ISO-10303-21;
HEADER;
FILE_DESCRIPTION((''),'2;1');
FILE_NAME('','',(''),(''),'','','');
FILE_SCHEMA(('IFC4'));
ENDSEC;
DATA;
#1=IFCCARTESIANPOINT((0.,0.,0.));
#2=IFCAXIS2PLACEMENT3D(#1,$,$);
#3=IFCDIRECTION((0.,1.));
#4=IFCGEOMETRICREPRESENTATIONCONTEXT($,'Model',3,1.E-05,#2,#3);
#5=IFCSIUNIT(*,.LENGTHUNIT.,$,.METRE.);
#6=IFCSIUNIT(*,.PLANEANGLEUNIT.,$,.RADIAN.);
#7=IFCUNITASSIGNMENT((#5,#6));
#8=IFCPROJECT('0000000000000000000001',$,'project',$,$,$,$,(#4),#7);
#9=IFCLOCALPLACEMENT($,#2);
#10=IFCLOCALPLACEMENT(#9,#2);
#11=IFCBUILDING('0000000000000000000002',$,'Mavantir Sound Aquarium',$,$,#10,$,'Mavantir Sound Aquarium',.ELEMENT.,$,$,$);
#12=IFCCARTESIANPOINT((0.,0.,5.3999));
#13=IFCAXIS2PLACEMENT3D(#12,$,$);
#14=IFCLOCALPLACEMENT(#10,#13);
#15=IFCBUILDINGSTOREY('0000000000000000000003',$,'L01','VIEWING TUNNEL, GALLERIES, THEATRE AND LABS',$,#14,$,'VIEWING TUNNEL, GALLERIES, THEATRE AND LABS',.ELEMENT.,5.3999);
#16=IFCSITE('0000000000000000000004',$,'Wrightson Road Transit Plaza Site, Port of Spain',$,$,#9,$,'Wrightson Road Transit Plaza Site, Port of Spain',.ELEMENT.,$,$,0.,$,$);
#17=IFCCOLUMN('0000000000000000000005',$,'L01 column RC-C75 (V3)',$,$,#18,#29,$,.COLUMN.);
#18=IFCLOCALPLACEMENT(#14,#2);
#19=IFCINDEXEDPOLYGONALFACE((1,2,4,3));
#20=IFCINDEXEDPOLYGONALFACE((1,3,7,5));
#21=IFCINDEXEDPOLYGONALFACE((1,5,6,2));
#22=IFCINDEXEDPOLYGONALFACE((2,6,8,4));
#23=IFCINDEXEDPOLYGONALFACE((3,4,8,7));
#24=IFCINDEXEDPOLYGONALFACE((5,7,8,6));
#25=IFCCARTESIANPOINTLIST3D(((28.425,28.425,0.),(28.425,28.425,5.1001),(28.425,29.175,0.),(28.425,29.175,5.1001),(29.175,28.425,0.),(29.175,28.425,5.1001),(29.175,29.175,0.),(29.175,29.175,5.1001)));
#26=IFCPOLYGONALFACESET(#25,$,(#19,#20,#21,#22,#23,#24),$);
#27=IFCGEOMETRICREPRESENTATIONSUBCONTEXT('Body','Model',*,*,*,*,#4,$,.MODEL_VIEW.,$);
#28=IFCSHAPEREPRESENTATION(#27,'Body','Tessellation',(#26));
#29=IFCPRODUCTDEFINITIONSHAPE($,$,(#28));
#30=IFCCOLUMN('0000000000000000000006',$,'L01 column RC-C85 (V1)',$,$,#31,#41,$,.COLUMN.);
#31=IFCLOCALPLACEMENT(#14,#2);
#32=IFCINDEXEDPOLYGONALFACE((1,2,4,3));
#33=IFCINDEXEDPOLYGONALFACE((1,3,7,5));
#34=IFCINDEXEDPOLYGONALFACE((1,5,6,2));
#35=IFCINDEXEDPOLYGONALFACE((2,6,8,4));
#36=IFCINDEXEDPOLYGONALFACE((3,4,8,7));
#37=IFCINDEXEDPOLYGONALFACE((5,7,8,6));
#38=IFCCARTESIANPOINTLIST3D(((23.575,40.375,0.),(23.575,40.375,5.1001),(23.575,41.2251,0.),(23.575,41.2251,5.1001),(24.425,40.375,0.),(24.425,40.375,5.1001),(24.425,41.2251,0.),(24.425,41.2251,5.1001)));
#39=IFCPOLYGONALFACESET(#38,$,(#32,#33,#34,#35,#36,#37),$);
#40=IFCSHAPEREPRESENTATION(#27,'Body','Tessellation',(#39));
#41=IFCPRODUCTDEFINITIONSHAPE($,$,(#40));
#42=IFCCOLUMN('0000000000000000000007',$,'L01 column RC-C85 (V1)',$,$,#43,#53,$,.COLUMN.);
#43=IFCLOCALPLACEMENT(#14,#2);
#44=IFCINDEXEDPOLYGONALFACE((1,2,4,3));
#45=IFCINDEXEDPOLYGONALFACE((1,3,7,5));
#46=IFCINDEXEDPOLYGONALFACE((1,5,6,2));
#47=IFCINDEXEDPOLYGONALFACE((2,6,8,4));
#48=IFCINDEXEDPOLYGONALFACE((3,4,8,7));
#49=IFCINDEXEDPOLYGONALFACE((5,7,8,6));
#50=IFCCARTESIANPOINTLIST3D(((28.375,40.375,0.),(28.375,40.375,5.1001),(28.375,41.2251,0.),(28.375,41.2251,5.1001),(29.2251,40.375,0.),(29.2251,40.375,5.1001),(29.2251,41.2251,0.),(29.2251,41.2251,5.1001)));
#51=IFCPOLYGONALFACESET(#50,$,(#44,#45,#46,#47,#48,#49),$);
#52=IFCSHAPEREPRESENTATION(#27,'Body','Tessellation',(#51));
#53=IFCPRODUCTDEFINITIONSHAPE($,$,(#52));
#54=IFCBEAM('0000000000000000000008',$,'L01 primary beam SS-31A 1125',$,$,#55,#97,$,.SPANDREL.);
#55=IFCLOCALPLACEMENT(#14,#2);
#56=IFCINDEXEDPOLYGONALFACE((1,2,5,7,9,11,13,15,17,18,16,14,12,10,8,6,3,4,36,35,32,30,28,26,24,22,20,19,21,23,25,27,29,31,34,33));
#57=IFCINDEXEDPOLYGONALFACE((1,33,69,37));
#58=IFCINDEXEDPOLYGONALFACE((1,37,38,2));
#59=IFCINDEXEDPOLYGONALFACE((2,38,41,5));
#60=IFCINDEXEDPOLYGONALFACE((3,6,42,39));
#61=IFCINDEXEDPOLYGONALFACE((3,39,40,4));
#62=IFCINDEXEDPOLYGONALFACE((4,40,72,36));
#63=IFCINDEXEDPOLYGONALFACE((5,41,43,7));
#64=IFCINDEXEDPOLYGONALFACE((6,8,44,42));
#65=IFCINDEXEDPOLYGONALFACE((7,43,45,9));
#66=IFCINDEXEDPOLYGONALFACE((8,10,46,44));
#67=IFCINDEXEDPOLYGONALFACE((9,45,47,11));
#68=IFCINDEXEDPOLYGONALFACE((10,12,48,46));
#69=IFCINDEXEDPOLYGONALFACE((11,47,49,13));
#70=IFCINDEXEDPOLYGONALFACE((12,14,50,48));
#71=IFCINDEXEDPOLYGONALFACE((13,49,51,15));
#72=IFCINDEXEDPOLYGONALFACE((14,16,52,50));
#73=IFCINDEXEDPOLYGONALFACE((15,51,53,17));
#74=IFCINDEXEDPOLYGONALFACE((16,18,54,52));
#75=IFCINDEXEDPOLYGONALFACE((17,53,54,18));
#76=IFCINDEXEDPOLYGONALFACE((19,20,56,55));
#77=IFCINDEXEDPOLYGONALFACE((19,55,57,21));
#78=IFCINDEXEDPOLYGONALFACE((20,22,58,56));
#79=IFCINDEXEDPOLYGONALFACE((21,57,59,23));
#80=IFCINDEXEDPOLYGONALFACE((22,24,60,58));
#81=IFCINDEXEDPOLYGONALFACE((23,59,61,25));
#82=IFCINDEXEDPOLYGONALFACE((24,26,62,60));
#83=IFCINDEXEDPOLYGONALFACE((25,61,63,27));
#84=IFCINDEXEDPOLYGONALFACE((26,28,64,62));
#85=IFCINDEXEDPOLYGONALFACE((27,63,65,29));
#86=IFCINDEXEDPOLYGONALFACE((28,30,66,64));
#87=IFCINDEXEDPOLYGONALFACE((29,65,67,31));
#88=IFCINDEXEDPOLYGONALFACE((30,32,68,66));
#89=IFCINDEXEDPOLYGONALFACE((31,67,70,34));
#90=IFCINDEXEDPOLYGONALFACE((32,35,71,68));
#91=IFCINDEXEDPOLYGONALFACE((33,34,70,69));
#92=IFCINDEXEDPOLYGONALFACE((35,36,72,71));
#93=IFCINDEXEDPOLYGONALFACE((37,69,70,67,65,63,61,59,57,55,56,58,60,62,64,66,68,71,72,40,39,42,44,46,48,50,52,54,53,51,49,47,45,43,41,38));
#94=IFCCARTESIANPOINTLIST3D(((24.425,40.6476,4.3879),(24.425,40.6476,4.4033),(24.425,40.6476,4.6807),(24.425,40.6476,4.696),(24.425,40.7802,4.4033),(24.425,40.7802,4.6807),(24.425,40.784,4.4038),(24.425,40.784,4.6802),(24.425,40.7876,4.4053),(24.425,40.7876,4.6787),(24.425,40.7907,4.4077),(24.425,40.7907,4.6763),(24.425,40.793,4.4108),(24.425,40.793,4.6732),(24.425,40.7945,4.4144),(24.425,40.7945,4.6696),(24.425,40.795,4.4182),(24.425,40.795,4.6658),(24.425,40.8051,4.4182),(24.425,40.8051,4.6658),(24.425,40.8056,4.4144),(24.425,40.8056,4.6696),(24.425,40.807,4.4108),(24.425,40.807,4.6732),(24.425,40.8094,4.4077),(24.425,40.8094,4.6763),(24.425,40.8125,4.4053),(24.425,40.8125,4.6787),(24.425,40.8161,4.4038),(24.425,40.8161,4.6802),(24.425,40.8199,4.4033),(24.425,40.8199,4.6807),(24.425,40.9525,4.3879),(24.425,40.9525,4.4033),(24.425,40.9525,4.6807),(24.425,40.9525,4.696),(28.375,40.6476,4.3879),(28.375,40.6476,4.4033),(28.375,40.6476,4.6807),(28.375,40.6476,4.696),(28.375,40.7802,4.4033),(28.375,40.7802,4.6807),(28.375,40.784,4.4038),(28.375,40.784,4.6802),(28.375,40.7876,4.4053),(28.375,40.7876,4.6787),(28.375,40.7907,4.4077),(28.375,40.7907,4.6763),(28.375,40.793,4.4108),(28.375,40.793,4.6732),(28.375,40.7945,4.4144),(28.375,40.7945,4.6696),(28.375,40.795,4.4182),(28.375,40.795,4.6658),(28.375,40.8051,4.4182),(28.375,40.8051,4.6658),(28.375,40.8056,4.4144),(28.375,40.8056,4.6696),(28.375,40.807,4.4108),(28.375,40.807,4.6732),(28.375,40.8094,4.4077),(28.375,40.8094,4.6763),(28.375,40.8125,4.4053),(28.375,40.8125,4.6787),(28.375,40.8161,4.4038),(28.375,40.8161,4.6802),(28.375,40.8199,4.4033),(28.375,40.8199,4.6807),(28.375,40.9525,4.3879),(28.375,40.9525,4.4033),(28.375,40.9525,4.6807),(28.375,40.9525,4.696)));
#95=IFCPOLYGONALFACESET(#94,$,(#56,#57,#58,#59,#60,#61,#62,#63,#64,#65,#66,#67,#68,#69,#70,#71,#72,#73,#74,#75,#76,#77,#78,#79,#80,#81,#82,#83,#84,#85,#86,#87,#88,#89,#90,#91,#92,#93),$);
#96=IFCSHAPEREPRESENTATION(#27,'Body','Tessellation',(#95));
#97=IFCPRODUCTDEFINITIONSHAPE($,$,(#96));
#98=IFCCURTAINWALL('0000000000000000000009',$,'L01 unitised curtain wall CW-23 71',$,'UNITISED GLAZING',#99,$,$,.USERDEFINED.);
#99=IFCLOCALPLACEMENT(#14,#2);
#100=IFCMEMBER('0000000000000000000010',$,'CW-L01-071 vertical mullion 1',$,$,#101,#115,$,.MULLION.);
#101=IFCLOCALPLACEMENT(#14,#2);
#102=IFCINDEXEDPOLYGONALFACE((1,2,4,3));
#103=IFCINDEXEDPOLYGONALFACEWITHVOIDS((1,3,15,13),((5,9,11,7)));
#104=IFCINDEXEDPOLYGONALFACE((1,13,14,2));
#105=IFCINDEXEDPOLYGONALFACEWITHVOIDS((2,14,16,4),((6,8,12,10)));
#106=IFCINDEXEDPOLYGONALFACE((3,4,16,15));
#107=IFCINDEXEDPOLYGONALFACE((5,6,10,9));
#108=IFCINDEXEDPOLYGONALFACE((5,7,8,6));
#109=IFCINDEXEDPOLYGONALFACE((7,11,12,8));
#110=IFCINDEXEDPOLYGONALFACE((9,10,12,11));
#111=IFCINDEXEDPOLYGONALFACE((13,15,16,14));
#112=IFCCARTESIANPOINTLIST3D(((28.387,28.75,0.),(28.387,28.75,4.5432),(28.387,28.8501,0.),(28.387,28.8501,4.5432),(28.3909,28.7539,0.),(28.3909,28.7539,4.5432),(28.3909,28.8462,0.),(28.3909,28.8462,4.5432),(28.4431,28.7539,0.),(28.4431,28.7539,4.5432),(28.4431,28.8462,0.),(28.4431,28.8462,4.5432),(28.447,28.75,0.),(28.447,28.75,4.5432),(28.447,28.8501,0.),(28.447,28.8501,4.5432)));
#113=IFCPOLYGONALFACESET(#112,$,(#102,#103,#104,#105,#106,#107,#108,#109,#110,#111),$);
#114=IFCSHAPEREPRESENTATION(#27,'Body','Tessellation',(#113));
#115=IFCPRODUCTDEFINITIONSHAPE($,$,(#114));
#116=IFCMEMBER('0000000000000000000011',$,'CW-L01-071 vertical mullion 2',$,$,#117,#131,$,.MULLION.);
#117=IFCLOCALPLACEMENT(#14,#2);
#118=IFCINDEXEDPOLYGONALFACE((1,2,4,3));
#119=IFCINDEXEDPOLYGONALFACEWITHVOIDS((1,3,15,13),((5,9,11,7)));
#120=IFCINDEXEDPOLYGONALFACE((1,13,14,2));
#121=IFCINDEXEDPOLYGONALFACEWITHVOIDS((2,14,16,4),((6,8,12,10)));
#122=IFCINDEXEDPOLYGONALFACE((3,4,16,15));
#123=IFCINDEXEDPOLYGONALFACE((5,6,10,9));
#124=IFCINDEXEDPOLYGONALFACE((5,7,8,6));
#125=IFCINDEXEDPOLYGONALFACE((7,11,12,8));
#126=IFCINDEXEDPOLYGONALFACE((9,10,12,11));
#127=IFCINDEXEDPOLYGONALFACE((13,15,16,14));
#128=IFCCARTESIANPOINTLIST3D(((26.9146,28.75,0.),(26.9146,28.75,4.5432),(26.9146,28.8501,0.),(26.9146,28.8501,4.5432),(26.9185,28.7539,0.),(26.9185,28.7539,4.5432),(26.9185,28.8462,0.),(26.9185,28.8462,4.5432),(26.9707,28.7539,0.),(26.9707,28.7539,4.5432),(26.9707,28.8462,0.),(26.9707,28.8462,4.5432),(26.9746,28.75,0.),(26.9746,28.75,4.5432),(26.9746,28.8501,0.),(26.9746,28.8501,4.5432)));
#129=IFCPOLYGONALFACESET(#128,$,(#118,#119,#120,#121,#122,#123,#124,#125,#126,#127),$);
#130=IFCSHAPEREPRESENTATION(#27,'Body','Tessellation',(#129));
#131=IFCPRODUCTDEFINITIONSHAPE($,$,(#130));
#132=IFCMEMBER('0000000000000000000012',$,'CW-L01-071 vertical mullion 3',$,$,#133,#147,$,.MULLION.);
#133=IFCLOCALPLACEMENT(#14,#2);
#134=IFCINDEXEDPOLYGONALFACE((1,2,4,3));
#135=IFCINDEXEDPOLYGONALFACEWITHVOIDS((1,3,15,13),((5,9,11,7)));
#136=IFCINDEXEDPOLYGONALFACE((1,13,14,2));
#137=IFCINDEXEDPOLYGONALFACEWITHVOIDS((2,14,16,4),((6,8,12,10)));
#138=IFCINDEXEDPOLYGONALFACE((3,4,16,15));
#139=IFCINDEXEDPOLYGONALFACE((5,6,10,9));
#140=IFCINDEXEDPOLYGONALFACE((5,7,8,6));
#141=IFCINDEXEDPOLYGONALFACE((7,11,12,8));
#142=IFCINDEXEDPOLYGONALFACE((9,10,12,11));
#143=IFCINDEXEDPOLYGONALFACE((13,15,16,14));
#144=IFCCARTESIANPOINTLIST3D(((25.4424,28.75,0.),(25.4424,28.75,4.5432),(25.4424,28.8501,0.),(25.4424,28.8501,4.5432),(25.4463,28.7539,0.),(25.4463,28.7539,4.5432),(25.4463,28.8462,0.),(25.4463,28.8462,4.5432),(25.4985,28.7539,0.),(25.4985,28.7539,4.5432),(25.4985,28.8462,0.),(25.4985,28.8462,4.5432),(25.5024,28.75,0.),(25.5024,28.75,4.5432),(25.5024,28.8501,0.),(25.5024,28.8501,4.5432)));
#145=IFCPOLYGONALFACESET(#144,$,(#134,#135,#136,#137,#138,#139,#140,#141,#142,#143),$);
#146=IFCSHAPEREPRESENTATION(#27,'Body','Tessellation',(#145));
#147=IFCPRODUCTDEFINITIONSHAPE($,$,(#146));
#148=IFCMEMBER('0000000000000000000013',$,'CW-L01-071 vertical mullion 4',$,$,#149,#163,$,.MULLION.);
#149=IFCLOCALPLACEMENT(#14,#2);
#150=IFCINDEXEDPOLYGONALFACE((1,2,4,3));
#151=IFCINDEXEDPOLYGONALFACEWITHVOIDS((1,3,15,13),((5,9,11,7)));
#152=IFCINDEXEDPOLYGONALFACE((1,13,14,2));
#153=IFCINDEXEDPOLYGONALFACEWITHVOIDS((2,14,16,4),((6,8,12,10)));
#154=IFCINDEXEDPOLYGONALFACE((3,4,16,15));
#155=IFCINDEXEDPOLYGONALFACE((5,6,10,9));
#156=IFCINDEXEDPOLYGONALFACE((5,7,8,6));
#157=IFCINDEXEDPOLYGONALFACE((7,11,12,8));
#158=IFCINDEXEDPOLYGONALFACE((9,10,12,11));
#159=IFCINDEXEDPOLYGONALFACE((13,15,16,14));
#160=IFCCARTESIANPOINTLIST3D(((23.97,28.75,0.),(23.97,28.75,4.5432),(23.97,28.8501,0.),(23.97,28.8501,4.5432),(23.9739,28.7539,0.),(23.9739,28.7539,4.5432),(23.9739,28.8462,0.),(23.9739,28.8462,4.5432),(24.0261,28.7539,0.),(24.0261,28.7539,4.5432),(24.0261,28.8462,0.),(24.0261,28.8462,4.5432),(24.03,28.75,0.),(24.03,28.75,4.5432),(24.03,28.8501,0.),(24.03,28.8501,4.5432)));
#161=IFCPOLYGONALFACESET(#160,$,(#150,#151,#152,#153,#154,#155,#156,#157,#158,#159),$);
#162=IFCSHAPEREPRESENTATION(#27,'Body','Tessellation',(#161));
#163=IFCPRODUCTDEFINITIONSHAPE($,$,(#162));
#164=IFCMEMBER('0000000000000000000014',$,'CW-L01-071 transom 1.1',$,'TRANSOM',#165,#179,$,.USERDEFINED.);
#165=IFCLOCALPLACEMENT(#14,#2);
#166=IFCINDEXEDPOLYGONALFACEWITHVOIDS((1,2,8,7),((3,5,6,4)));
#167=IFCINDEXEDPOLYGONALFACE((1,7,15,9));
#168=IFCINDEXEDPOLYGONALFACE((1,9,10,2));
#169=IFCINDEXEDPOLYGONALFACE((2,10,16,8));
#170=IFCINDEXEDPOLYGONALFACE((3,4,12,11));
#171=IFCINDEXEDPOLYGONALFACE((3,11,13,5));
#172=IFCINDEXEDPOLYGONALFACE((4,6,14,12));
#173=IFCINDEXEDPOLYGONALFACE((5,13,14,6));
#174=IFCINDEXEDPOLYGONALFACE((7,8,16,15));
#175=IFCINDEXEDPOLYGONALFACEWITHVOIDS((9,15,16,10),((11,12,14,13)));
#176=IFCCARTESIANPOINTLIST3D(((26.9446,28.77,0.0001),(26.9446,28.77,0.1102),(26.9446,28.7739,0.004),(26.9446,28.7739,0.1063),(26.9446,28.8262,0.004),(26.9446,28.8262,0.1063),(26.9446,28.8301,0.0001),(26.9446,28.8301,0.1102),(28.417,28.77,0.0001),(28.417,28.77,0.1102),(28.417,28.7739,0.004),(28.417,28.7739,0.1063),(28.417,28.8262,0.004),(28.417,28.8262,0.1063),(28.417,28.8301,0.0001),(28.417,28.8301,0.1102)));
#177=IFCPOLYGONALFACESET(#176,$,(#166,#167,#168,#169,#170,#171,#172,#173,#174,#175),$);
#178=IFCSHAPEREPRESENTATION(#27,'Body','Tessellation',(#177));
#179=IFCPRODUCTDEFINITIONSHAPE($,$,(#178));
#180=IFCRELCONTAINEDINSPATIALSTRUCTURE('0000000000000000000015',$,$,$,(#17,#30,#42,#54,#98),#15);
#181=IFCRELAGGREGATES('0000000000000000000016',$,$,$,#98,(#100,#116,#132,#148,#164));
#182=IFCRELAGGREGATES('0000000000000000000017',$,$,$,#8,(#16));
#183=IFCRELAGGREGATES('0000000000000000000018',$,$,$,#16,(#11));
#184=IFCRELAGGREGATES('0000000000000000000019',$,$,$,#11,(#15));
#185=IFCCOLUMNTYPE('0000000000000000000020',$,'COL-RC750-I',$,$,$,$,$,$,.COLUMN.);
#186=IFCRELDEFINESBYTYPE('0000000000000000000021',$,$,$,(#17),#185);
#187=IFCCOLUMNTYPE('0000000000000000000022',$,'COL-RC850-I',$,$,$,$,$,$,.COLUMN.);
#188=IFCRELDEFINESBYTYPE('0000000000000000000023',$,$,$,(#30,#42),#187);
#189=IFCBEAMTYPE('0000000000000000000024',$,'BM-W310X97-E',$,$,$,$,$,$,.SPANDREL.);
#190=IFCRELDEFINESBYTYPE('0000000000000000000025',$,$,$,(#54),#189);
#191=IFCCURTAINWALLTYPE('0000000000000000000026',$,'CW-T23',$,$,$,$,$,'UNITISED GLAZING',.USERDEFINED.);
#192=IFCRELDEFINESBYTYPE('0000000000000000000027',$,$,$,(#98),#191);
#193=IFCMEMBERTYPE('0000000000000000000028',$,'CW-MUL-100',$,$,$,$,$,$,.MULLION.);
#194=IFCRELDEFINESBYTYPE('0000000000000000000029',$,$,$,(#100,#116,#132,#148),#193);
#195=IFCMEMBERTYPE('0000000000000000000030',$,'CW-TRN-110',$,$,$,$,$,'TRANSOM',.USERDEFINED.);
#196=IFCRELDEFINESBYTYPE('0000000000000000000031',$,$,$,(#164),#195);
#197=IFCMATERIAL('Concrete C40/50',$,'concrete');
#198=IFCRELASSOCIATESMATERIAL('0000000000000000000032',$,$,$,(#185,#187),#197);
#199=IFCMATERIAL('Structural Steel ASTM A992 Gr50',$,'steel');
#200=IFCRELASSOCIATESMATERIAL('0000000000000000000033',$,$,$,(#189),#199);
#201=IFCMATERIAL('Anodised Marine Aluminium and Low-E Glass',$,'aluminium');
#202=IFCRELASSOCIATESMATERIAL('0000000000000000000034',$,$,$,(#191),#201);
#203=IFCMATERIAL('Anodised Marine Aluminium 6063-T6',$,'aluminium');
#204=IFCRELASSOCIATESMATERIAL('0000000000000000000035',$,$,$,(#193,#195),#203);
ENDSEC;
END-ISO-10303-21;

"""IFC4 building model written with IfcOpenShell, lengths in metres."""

from ifc_helpers import new_model, si_unit, direction, frame, origin, origin_2d, place, context, subcontext, project, spatial, rectangle, hollow_rectangle, i_section, extrude, material, material_profile, profile_set, type_object, element, aggregate, save


model = new_model("IFC4")

# Units and contexts
model_context = context("Model", 3, precision=1e-05, world=origin(), true_north=direction((0.0, 1.0)))
body_context = subcontext(model_context, "Body", "Model", "MODEL_VIEW")
ifc_project = project(units=[si_unit("LENGTHUNIT", "METRE"), si_unit("PLANEANGLEUNIT", "RADIAN")], contexts=[model_context])

# Site, building, storey
site_placement = place(None, origin())
site = spatial("IfcSite", under=ifc_project, at=site_placement, Name="Wrightson Road Transit Plaza Site, Port of Spain", LongName="Wrightson Road Transit Plaza Site, Port of Spain", CompositionType="ELEMENT", RefElevation=0.0)
building_placement = place(site_placement, origin())
building = spatial("IfcBuilding", under=site, at=building_placement, Name="Mavantir Sound Aquarium", LongName="Mavantir Sound Aquarium", CompositionType="ELEMENT")
storey_placement = place(building_placement, frame((0.0, 0.0, 5.3999)))
storey = spatial("IfcBuildingStorey", under=building, at=storey_placement, Name="L01", Description="VIEWING TUNNEL, GALLERIES, THEATRE AND LABS", LongName="VIEWING TUNNEL, GALLERIES, THEATRE AND LABS", CompositionType="ELEMENT", Elevation=5.3999)

# Columns
ifc_material_1 = material(Name="Concrete C40/50", Category="concrete")
ifc_material_profile_1 = material_profile(ifc_material_1, rectangle(XDim=0.75, YDim=0.75, at=origin_2d()), Name="RC 750X750")
ifc_profile_set_1 = profile_set([ifc_material_profile_1], Name="Concrete C40/50")
column_type_1 = type_object("IfcColumnType", Name="COL-RC750-I", PredefinedType="COLUMN", material=ifc_profile_set_1)
column_placement = place(storey_placement, frame((28.8, 28.8, 0.0), z_axis=(0.0, 0.0, 1.0), x_axis=(1.0, 0.0, 0.0)))
element("IfcColumn", 1, at=column_placement, inside=storey, type_object=column_type_1, Name="L01 column RC-C75 (V3)", PredefinedType="COLUMN", context=body_context, shape_type="SweptSolid", body=[
    extrude(rectangle(XDim=0.75, YDim=0.75, at=origin_2d()), origin(), (0.0, 0.0, 1.0), 5.1001),
])
ifc_material_profile_2 = material_profile(ifc_material_1, rectangle(XDim=0.8501, YDim=0.8501, at=origin_2d()), Name="RC 850X850")
ifc_profile_set_2 = profile_set([ifc_material_profile_2], Name="Concrete C40/50")
column_type_2 = type_object("IfcColumnType", Name="COL-RC850-I", PredefinedType="COLUMN", material=ifc_profile_set_2)
for number, where, z_axis, x_axis, name in (
    (2, (24.0, 40.8, 0.0), (0.0, 0.0, 1.0), (1.0, 0.0, 0.0), "L01 column RC-C85 (V1)"),
    (3, (28.8, 40.8, 0.0), (0.0, 0.0, 1.0), (1.0, 0.0, 0.0), "L01 column RC-C85 (V1)"),
):
    element("IfcColumn", number, at=place(storey_placement, frame(where, z_axis=z_axis, x_axis=x_axis)), inside=storey, type_object=column_type_2, Name=name, PredefinedType="COLUMN", context=body_context, shape_type="SweptSolid", body=[
        extrude(rectangle(XDim=0.8501, YDim=0.8501, at=origin_2d()), origin(), (0.0, 0.0, 1.0), 5.1001),
    ])

# Beam
ifc_material_2 = material(Name="Structural Steel ASTM A992 Gr50", Category="steel")
ifc_material_profile_3 = material_profile(ifc_material_2, i_section(OverallWidth=0.3049, OverallDepth=0.3081, WebThickness=0.01, FlangeThickness=0.0154, FilletRadius=0.0149, at=origin_2d()), Name="W310X97")
ifc_profile_set_3 = profile_set([ifc_material_profile_3], Name="Structural Steel ASTM A992 Gr50")
beam_type = type_object("IfcBeamType", Name="BM-W310X97-E", PredefinedType="SPANDREL", material=ifc_profile_set_3)
beam_placement = place(storey_placement, frame((24.425, 40.8, 4.542), z_axis=(1.0, 0.0, 0.0), x_axis=(0.0, 1.0, 0.0)))
element("IfcBeam", 4, at=beam_placement, inside=storey, type_object=beam_type, Name="L01 primary beam SS-31A 1125", PredefinedType="SPANDREL", context=body_context, shape_type="SweptSolid", body=[
    extrude(i_section(OverallWidth=0.3049, OverallDepth=0.3081, WebThickness=0.01, FlangeThickness=0.0154, FilletRadius=0.0149, at=origin_2d()), origin(), (0.0, 0.0, 1.0), 3.95),
])

# Curtain wall, members
ifc_material_3 = material(Name="Anodised Marine Aluminium and Low-E Glass", Category="aluminium")
curtain_wall_type = type_object("IfcCurtainWallType", Name="CW-T23", ElementType="UNITISED GLAZING", PredefinedType="USERDEFINED", material=ifc_material_3)
curtain_wall_placement = place(storey_placement, origin())
curtain_wall = element("IfcCurtainWall", 5, at=curtain_wall_placement, inside=storey, type_object=curtain_wall_type, Name="L01 unitised curtain wall CW-23 71", ObjectType="UNITISED GLAZING", PredefinedType="USERDEFINED")
ifc_material_4 = material(Name="Anodised Marine Aluminium 6063-T6", Category="aluminium")
ifc_material_profile_4 = material_profile(ifc_material_4, hollow_rectangle(XDim=0.0601, YDim=0.1001, WallThickness=0.0039, at=origin_2d()), Name="ALU-MULLION-100X60")
ifc_profile_set_4 = profile_set([ifc_material_profile_4], Name="Anodised Marine Aluminium 6063-T6")
member_type_1 = type_object("IfcMemberType", Name="CW-MUL-100", PredefinedType="MULLION", material=ifc_profile_set_4)
member_1_placement = place(storey_placement, frame((28.417, 28.8, 0.0), z_axis=(0.0, 0.0, 1.0), x_axis=(1.0, 0.0, 0.0)))
member_1 = element("IfcMember", 6, at=member_1_placement, type_object=member_type_1, Name="CW-L01-071 vertical mullion 1", PredefinedType="MULLION", context=body_context, shape_type="SweptSolid", body=[
    extrude(hollow_rectangle(XDim=0.0601, YDim=0.1001, WallThickness=0.0039, at=origin_2d()), origin(), (0.0, 0.0, 1.0), 4.5432),
])
member_2_placement = place(storey_placement, frame((26.9446, 28.8, 0.0), z_axis=(0.0, 0.0, 1.0), x_axis=(1.0, 0.0, 0.0)))
member_2 = element("IfcMember", 7, at=member_2_placement, type_object=member_type_1, Name="CW-L01-071 vertical mullion 2", PredefinedType="MULLION", context=body_context, shape_type="SweptSolid", body=[
    extrude(hollow_rectangle(XDim=0.0601, YDim=0.1001, WallThickness=0.0039, at=origin_2d()), origin(), (0.0, 0.0, 1.0), 4.5432),
])
member_3_placement = place(storey_placement, frame((25.4724, 28.8, 0.0), z_axis=(0.0, 0.0, 1.0), x_axis=(1.0, 0.0, 0.0)))
member_3 = element("IfcMember", 8, at=member_3_placement, type_object=member_type_1, Name="CW-L01-071 vertical mullion 3", PredefinedType="MULLION", context=body_context, shape_type="SweptSolid", body=[
    extrude(hollow_rectangle(XDim=0.0601, YDim=0.1001, WallThickness=0.0039, at=origin_2d()), origin(), (0.0, 0.0, 1.0), 4.5432),
])
member_4_placement = place(storey_placement, frame((24.0, 28.8, 0.0), z_axis=(0.0, 0.0, 1.0), x_axis=(1.0, 0.0, 0.0)))
member_4 = element("IfcMember", 9, at=member_4_placement, type_object=member_type_1, Name="CW-L01-071 vertical mullion 4", PredefinedType="MULLION", context=body_context, shape_type="SweptSolid", body=[
    extrude(hollow_rectangle(XDim=0.0601, YDim=0.1001, WallThickness=0.0039, at=origin_2d()), origin(), (0.0, 0.0, 1.0), 4.5432),
])
ifc_material_profile_5 = material_profile(ifc_material_4, hollow_rectangle(XDim=0.0601, YDim=0.1101, WallThickness=0.0039, at=origin_2d()), Name="ALU-TRANSOM-110X60")
ifc_profile_set_5 = profile_set([ifc_material_profile_5], Name="Anodised Marine Aluminium 6063-T6")
member_type_2 = type_object("IfcMemberType", Name="CW-TRN-110", ElementType="TRANSOM", PredefinedType="USERDEFINED", material=ifc_profile_set_5)
member_5_placement = place(storey_placement, frame((28.417, 28.8, 0.0552), z_axis=(-1.0, 0.0, 0.0), x_axis=(0.0, -1.0, 0.0)))
member_5 = element("IfcMember", 10, at=member_5_placement, type_object=member_type_2, Name="CW-L01-071 transom 1.1", ObjectType="TRANSOM", PredefinedType="USERDEFINED", context=body_context, shape_type="SweptSolid", body=[
    extrude(hollow_rectangle(XDim=0.0601, YDim=0.1101, WallThickness=0.0039, at=origin_2d()), origin(), (0.0, 0.0, 1.0), 1.4724),
])
aggregate(curtain_wall, [member_1, member_2, member_3, member_4, member_5])

save(model, "model.ifc")
